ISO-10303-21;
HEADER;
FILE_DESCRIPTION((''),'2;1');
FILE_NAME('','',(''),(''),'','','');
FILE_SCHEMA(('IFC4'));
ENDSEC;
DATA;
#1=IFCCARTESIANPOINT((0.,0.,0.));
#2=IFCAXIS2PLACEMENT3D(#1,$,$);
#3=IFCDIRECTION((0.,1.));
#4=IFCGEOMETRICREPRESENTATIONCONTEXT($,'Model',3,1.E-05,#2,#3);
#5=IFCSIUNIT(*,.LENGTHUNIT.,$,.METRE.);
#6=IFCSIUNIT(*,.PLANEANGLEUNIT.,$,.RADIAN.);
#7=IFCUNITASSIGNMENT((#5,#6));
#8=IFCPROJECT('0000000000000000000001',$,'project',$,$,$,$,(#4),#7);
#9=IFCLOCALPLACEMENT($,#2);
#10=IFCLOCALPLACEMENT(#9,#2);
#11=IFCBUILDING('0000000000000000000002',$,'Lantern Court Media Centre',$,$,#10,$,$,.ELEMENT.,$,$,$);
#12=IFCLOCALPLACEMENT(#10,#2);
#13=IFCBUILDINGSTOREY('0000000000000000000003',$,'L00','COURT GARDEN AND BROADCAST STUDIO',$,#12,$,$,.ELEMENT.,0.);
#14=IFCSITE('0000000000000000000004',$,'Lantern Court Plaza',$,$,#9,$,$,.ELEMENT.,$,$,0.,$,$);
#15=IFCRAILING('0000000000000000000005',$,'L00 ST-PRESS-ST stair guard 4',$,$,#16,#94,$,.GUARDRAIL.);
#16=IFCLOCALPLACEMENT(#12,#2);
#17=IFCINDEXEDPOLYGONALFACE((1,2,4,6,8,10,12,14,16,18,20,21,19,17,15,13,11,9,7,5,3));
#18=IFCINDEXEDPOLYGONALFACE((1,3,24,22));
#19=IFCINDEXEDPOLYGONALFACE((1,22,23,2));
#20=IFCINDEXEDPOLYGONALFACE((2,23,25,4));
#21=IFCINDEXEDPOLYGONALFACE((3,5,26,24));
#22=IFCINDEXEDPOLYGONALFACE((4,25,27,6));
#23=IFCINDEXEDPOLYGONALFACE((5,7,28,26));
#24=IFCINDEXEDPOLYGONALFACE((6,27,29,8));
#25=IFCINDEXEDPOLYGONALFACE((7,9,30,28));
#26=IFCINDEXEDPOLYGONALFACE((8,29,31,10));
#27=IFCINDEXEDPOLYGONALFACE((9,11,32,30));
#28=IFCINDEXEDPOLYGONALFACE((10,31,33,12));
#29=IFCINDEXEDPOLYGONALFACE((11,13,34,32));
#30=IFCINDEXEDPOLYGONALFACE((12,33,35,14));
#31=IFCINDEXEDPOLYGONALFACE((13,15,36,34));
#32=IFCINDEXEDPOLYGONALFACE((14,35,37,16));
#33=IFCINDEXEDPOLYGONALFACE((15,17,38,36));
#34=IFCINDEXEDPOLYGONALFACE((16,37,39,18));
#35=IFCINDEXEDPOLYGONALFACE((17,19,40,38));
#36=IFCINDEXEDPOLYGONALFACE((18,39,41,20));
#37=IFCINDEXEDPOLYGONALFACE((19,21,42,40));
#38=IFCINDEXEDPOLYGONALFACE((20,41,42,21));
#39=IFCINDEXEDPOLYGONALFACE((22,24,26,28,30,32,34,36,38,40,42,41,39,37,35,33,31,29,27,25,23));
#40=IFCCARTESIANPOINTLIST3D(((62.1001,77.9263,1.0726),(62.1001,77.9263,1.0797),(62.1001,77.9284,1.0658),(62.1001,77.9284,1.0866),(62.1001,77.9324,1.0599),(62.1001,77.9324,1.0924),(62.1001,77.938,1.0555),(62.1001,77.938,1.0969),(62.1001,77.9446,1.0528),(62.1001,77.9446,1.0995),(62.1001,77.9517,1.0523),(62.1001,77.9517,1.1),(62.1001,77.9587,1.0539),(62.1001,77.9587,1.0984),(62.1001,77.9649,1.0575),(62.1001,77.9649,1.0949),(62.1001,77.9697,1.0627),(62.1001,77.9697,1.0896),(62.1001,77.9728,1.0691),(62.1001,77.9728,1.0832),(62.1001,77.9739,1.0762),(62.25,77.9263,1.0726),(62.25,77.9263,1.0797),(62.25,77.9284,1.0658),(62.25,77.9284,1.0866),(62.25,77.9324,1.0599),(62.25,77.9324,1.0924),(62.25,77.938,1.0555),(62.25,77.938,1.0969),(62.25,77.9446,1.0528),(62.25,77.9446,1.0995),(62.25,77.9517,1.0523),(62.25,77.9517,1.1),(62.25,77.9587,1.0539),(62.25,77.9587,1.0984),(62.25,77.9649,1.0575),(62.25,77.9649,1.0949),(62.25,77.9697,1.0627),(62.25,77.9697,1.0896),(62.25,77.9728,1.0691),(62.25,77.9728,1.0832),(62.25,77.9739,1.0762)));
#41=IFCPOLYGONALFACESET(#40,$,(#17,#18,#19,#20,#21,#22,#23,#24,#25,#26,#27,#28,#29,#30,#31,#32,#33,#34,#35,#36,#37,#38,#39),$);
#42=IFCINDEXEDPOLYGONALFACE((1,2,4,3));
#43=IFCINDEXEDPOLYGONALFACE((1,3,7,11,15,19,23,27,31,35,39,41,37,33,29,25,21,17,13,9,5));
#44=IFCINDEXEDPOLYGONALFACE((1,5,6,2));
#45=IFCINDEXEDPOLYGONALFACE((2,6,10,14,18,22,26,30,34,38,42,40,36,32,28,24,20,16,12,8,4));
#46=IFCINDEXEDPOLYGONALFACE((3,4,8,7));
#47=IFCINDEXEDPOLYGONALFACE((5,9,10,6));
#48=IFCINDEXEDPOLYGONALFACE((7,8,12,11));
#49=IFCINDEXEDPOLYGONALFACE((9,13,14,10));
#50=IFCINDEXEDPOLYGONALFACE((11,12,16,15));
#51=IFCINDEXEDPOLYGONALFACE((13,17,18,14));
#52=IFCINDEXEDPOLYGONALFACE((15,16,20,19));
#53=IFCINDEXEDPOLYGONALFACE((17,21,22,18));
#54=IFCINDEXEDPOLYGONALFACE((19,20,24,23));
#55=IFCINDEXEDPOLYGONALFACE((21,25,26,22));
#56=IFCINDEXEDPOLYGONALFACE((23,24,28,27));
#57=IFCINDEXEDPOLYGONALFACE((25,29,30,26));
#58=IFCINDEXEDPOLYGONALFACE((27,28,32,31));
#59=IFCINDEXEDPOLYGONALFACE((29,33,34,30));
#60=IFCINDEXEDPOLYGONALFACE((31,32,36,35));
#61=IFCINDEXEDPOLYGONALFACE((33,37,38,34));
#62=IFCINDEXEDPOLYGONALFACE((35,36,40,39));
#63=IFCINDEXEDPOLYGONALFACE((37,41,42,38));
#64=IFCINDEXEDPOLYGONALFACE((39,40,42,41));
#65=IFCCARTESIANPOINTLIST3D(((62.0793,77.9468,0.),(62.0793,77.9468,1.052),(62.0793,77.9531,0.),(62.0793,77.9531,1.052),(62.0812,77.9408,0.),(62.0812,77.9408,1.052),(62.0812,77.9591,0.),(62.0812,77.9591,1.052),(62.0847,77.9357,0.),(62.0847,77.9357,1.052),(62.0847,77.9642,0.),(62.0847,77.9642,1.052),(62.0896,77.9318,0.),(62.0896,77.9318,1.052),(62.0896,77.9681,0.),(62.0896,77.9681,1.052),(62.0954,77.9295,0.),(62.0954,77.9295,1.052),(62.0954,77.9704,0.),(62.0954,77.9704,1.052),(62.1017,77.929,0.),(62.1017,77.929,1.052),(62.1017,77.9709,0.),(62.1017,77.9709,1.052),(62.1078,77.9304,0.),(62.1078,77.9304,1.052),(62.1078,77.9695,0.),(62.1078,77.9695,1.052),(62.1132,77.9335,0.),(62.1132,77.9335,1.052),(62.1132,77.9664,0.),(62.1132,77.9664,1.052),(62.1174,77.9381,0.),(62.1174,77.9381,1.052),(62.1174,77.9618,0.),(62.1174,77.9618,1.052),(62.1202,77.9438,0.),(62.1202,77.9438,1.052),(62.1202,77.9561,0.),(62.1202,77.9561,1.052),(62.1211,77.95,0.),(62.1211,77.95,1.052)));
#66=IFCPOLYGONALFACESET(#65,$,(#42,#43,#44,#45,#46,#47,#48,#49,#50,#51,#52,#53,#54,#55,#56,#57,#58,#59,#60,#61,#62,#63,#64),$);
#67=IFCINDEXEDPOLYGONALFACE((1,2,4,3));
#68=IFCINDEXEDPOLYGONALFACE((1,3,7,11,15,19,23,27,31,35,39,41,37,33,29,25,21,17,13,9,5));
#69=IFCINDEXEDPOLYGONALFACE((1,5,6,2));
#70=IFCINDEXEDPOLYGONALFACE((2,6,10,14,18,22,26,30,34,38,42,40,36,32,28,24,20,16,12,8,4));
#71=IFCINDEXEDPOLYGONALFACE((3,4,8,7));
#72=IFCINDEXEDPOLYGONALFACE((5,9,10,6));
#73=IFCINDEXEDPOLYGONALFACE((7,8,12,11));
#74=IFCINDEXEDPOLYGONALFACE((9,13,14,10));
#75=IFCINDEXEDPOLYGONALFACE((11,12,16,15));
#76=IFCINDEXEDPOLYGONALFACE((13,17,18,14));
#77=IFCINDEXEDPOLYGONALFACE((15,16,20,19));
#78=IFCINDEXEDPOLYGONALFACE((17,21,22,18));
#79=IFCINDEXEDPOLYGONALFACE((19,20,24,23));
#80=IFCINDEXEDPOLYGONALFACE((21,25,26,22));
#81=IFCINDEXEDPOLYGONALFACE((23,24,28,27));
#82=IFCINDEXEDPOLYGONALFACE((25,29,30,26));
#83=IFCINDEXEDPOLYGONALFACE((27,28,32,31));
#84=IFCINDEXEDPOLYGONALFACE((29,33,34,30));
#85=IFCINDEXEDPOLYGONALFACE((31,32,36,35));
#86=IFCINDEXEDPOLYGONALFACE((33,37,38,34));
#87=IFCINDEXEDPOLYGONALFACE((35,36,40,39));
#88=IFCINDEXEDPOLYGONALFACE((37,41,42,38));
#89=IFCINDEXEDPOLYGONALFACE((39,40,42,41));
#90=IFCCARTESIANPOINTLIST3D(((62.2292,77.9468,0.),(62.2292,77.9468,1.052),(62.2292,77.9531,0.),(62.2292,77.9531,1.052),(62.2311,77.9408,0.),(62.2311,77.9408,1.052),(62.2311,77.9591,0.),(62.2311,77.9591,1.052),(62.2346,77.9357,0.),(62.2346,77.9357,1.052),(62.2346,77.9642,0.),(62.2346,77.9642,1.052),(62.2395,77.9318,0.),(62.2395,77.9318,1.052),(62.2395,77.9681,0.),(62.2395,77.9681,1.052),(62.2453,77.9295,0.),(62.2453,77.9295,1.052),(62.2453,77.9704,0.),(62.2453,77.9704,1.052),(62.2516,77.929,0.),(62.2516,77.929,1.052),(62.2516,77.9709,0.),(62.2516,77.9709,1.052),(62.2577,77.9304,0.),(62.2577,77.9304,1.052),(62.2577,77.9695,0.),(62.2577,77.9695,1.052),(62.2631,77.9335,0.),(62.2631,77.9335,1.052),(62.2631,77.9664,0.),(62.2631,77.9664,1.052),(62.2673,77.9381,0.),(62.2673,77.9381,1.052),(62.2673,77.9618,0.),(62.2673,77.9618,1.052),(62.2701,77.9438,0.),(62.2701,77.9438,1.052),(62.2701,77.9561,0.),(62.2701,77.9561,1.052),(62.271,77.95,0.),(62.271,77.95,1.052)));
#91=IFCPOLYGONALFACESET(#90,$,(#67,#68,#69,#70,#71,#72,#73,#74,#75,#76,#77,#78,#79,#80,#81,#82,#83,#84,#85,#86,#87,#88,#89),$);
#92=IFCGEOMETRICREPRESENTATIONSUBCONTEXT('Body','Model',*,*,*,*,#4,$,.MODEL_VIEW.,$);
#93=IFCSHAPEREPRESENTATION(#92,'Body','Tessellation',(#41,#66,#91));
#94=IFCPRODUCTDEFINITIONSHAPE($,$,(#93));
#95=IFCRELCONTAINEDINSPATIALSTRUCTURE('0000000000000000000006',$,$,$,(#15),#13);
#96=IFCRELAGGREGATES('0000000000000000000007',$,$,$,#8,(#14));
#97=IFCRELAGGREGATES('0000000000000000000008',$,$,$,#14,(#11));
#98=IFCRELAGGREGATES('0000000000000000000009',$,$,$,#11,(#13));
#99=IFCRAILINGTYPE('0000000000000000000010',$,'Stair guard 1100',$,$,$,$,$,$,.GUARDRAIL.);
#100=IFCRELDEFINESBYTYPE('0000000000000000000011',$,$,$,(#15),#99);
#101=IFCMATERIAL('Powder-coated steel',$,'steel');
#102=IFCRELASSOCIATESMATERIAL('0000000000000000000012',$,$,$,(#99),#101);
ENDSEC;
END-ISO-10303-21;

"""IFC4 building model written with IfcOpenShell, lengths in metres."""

from ifc_helpers import new_model, si_unit, direction, frame, origin, origin_2d, place, context, subcontext, project, spatial, circle, extrude, material, type_object, element, save


model = new_model("IFC4")

# Units and contexts
model_context = context("Model", 3, precision=1e-05, world=origin(), true_north=direction((0.0, 1.0)))
body_context = subcontext(model_context, "Body", "Model", "MODEL_VIEW")
ifc_project = project(units=[si_unit("LENGTHUNIT", "METRE"), si_unit("PLANEANGLEUNIT", "RADIAN")], contexts=[model_context])

# Site, building, storey
site_placement = place(None, origin())
site = spatial("IfcSite", under=ifc_project, at=site_placement, Name="Lantern Court Plaza", CompositionType="ELEMENT", RefElevation=0.0)
building_placement = place(site_placement, origin())
building = spatial("IfcBuilding", under=site, at=building_placement, Name="Lantern Court Media Centre", CompositionType="ELEMENT")
storey_placement = place(building_placement, origin())
storey = spatial("IfcBuildingStorey", under=building, at=storey_placement, Name="L00", Description="COURT GARDEN AND BROADCAST STUDIO", CompositionType="ELEMENT", Elevation=0.0)

# Railing
ifc_material_1 = material(Name="Powder-coated steel", Category="steel")
railing_type_1 = type_object("IfcRailingType", Name="Stair guard 1100", PredefinedType="GUARDRAIL", material=ifc_material_1)
railing_1_placement = place(storey_placement, frame((62.1001, 77.95, 0.0)))
element("IfcRailing", 1, at=railing_1_placement, inside=storey, type_object=railing_type_1, Name="L00 ST-PRESS-ST stair guard 4", PredefinedType="GUARDRAIL", context=body_context, shape_type="SweptSolid", body=[
    extrude(circle(Radius=0.0239, at=origin_2d()), frame((0.0, 0.0, 1.0762), z_axis=(1.0, 0.0, 0.0), x_axis=(0.0, 1.0, 0.0)), (0.0, 0.0, 1.0), 0.1499),
    extrude(circle(Radius=0.021, at=origin_2d()), origin(), (0.0, 0.0, 1.0), 1.052),
    extrude(circle(Radius=0.021, at=origin_2d()), frame((0.1499, 0.0, 0.0)), (0.0, 0.0, 1.0), 1.052),
])

save(model, "model.ifc")
